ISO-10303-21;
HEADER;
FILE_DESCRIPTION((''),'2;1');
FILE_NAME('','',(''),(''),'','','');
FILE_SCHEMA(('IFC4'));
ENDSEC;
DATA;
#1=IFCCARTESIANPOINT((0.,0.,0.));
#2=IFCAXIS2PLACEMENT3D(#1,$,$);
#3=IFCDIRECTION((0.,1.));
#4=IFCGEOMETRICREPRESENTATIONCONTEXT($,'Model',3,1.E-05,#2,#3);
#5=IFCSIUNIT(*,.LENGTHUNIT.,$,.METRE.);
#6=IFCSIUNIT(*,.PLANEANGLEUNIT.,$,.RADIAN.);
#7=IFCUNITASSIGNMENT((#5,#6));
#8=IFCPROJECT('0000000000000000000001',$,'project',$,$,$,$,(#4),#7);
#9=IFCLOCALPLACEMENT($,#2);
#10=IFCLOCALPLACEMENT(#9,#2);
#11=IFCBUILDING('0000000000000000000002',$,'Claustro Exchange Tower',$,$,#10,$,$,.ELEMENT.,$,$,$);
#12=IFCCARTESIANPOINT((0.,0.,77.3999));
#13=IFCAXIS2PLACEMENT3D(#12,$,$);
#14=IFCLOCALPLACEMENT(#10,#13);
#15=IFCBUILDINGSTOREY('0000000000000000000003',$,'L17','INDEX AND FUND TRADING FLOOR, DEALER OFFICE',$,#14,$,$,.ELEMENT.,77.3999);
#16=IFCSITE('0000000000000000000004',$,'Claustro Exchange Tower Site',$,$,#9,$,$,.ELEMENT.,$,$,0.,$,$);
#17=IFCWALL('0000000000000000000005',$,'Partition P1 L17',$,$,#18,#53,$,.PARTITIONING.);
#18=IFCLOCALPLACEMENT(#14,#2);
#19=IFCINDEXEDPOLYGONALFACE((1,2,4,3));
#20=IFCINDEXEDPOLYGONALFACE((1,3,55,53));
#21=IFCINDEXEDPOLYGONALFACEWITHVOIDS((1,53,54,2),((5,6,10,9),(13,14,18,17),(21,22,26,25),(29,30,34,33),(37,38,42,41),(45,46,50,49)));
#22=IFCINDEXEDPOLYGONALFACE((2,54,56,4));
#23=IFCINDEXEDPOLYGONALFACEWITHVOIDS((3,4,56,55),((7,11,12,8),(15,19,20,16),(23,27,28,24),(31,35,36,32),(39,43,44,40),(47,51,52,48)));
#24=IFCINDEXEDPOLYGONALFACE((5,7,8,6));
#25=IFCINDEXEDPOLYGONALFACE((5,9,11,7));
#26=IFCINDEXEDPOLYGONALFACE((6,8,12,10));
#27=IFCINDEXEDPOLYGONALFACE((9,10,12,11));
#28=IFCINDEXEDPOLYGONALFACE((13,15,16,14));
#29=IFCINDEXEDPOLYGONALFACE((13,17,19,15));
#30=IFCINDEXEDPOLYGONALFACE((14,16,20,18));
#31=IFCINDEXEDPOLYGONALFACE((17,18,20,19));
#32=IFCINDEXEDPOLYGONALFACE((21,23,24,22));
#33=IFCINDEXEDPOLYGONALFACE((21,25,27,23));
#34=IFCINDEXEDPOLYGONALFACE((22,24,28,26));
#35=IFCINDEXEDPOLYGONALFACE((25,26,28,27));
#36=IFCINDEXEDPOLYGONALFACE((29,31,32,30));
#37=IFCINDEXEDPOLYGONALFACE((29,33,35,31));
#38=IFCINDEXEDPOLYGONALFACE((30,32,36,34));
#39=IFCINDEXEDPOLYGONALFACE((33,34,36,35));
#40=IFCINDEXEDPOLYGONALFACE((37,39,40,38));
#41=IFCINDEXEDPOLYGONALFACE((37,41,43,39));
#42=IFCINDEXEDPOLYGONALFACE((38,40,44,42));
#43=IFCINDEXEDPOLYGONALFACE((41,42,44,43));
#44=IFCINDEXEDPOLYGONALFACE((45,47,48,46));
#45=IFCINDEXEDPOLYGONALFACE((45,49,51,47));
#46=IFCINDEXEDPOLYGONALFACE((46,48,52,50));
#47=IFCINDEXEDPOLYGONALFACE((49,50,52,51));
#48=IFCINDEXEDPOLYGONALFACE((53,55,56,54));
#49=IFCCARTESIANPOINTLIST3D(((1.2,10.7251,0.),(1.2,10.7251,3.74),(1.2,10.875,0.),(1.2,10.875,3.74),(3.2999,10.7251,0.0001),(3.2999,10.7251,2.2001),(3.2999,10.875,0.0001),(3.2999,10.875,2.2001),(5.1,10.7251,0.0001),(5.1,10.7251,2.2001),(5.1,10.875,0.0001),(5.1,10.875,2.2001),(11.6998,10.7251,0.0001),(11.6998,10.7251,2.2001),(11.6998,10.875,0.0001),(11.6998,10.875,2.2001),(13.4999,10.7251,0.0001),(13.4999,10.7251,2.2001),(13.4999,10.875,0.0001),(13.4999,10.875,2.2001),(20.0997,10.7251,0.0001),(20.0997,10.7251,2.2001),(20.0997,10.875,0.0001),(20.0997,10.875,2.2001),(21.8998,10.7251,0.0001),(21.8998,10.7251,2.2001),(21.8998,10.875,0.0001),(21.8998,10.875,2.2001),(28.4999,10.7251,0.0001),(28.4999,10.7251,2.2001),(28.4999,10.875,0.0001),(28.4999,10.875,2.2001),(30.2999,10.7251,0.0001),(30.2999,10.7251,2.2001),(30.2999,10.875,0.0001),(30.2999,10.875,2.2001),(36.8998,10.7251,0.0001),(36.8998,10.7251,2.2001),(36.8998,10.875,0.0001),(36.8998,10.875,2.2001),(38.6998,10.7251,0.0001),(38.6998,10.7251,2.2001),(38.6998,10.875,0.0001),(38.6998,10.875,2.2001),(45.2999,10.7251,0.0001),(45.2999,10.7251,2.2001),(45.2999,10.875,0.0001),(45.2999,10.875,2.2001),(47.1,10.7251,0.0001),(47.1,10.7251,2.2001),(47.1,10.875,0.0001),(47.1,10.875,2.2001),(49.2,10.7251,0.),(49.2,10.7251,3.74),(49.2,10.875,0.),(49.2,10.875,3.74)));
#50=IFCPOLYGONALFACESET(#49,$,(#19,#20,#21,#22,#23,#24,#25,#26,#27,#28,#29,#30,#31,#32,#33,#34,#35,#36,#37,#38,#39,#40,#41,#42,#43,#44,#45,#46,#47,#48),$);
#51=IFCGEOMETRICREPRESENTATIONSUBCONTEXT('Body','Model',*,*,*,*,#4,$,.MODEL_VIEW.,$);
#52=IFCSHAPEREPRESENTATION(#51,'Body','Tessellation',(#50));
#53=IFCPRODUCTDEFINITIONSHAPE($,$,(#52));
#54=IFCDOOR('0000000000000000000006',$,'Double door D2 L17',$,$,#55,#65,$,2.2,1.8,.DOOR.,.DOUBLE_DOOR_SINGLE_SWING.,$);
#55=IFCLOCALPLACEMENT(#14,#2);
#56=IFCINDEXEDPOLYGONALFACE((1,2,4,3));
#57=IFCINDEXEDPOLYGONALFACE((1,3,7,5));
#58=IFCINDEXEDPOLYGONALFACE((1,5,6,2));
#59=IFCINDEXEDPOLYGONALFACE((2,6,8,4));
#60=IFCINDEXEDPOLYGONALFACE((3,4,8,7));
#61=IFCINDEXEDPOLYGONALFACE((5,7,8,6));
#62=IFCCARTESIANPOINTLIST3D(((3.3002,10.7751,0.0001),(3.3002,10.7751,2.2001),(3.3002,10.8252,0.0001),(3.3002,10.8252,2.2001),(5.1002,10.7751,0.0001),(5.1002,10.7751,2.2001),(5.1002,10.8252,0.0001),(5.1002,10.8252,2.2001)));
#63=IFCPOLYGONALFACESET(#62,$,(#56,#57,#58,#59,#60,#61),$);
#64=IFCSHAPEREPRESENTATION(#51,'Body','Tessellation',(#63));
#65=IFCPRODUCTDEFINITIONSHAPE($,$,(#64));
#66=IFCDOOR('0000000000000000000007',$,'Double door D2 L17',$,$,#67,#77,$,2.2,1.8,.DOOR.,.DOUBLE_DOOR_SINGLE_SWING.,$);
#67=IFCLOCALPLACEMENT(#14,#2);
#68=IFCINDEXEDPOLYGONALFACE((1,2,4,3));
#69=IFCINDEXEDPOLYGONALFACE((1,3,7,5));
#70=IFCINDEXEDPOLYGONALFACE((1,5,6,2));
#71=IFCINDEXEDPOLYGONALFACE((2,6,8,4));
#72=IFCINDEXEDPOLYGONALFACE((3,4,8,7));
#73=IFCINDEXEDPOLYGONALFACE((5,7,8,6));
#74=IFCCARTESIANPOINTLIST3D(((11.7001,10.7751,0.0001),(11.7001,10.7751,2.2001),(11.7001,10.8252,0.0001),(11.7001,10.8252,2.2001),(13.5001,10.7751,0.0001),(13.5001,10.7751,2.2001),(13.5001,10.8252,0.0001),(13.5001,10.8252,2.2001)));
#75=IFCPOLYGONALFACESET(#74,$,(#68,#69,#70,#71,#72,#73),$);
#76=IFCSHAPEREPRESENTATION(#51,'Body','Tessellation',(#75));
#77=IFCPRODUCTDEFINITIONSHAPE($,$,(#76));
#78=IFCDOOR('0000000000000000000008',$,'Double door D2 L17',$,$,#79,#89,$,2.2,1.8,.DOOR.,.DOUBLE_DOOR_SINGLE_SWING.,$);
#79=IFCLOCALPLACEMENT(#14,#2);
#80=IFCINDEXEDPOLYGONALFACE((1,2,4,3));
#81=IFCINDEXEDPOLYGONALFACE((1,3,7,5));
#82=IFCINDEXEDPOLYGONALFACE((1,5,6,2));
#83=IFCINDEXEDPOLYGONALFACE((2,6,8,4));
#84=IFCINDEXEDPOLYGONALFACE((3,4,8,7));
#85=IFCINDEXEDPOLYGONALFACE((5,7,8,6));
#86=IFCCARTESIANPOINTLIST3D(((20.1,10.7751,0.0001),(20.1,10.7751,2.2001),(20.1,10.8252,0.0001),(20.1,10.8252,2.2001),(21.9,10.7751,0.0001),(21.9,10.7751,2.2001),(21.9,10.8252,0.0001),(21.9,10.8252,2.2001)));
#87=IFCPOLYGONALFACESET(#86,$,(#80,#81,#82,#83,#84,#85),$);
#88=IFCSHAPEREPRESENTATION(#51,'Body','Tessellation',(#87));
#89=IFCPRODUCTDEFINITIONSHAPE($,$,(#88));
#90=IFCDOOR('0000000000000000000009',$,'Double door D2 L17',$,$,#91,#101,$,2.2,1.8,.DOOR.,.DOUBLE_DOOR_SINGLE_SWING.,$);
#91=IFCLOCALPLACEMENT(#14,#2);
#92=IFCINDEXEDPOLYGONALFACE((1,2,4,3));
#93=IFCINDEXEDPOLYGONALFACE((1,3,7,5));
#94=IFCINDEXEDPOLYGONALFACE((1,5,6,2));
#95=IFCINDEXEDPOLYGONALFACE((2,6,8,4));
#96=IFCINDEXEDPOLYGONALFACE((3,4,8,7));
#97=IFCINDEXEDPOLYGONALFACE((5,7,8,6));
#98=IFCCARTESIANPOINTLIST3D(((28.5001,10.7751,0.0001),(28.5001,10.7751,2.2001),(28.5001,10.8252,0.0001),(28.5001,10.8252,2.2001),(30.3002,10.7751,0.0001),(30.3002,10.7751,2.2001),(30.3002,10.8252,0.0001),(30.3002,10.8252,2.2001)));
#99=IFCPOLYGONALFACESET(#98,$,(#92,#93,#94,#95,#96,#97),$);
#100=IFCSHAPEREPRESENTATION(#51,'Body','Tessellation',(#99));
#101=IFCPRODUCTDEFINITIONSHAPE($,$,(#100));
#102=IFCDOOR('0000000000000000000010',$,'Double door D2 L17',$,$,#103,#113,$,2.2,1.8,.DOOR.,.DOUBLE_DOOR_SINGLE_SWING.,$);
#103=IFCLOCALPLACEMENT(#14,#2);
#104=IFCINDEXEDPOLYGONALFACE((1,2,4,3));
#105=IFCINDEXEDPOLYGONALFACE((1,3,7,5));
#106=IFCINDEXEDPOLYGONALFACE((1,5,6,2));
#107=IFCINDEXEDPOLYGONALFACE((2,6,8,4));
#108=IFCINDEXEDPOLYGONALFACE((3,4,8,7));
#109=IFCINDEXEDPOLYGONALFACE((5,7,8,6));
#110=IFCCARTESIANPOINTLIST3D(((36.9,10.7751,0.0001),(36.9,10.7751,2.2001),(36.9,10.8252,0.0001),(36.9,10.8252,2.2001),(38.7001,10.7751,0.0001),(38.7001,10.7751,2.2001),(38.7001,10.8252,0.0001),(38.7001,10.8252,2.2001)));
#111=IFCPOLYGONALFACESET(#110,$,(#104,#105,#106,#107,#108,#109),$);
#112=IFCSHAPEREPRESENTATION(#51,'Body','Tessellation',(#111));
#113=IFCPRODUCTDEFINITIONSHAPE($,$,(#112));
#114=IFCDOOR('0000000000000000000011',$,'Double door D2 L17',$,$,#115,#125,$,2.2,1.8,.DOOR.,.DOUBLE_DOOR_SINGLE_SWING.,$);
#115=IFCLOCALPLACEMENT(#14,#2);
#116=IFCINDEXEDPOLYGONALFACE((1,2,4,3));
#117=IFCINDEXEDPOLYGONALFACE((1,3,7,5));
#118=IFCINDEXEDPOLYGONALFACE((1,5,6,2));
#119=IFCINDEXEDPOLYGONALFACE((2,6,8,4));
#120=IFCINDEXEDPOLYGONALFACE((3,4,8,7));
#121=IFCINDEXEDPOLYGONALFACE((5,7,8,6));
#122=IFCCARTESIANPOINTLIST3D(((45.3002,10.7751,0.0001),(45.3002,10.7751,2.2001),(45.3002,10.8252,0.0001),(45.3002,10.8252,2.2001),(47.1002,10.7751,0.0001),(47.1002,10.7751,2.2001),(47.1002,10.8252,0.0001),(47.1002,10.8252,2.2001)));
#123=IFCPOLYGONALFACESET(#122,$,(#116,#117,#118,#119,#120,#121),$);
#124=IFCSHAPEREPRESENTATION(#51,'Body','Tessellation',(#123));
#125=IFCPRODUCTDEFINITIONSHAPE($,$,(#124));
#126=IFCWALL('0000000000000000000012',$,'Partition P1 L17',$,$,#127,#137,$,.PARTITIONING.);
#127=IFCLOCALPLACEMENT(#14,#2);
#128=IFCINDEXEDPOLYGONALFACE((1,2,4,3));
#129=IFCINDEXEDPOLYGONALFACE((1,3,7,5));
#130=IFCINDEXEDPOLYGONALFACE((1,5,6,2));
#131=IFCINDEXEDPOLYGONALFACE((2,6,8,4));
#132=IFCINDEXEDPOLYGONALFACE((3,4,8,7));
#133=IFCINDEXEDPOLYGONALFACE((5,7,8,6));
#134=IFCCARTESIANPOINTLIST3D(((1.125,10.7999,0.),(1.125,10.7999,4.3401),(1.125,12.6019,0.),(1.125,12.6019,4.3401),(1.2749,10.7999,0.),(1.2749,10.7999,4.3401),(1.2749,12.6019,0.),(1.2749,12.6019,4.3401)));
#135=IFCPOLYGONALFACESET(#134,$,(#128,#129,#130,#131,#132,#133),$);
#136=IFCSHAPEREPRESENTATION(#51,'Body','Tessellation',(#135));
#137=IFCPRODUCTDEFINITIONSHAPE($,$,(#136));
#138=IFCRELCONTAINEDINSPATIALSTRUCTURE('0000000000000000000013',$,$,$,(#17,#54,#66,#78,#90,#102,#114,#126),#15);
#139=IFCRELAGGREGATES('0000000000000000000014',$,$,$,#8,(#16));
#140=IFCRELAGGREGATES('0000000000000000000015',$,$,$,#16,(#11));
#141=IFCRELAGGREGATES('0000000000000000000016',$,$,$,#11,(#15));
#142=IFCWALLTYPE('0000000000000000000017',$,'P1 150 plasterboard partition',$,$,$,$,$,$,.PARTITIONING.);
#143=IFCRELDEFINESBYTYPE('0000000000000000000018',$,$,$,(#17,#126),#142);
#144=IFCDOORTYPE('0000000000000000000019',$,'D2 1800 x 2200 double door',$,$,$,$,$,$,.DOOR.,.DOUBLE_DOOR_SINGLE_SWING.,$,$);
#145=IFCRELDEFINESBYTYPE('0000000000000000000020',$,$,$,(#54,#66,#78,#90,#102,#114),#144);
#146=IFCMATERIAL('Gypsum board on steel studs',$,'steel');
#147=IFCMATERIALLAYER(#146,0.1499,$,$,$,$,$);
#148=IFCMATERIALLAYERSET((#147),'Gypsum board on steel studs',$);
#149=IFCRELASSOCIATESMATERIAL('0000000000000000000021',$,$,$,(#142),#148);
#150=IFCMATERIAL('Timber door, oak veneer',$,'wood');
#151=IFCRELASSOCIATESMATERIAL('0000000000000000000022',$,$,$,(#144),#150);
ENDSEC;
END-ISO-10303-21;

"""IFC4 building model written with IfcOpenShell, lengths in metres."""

from ifc_helpers import new_model, si_unit, direction, frame, frame_2d, origin, place, context, subcontext, project, spatial, rectangle, extrude, material, layer, layer_set, type_object, element, fill, save


model = new_model("IFC4")

# Units and contexts
model_context = context("Model", 3, precision=1e-05, world=origin(), true_north=direction((0.0, 1.0)))
body_context = subcontext(model_context, "Body", "Model", "MODEL_VIEW")
ifc_project = project(units=[si_unit("LENGTHUNIT", "METRE"), si_unit("PLANEANGLEUNIT", "RADIAN")], contexts=[model_context])

# Site, building, storey
site_placement = place(None, origin())
site = spatial("IfcSite", under=ifc_project, at=site_placement, Name="Claustro Exchange Tower Site", CompositionType="ELEMENT", RefElevation=0.0)
building_placement = place(site_placement, origin())
building = spatial("IfcBuilding", under=site, at=building_placement, Name="Claustro Exchange Tower", CompositionType="ELEMENT")
storey_placement = place(building_placement, frame((0.0, 0.0, 77.3999)))
storey = spatial("IfcBuildingStorey", under=building, at=storey_placement, Name="L17", Description="INDEX AND FUND TRADING FLOOR, DEALER OFFICE", CompositionType="ELEMENT", Elevation=77.3999)

# Shared definitions
ifc_material_1 = material(Name="Gypsum board on steel studs", Category="steel")
ifc_layer_1 = layer(ifc_material_1, 0.1499)
ifc_layer_set_1 = layer_set([ifc_layer_1], Name="Gypsum board on steel studs")
wall_type_1 = type_object("IfcWallType", Name="P1 150 plasterboard partition", PredefinedType="PARTITIONING", material=ifc_layer_set_1)
ifc_material_2 = material(Name="Timber door, oak veneer", Category="wood")
door_type_1 = type_object("IfcDoorType", Name="D2 1800 x 2200 double door", OperationType="DOUBLE_DOOR_SINGLE_SWING", PredefinedType="DOOR", material=ifc_material_2)

# Wall, openings, doors
wall_1_placement = place(storey_placement, frame((1.2, 10.8, 0.0), z_axis=(0.0, 0.0, 1.0), x_axis=(1.0, 0.0, 0.0)))
wall_1 = element("IfcWall", 1, at=wall_1_placement, inside=storey, type_object=wall_type_1, Name="Partition P1 L17", PredefinedType="PARTITIONING", context=body_context, shape_type="SweptSolid", body=[
    extrude(rectangle(XDim=48.0, YDim=0.1499, at=frame_2d((24.0, 0.0))), origin(), (0.0, 0.0, 1.0), 3.74),
])
opening_1_placement = place(wall_1_placement, frame((2.1001, 0.0, 0.0)))
opening_1 = element("IfcOpeningElement", 2, at=opening_1_placement, cuts=wall_1, PredefinedType="OPENING", context=body_context, shape_type="SweptSolid", body=[
    extrude(rectangle(XDim=1.8, YDim=2.2, at=frame_2d((0.8999, 1.1001))), frame((0.0, 0.085, 0.0), z_axis=(0.0, -1.0, 0.0), x_axis=(1.0, 0.0, 0.0)), (0.0, 0.0, 1.0), 0.1699),
])
opening_2_placement = place(wall_1_placement, frame((10.5, 0.0, 0.0)))
opening_2 = element("IfcOpeningElement", 3, at=opening_2_placement, cuts=wall_1, PredefinedType="OPENING", context=body_context, shape_type="SweptSolid", body=[
    extrude(rectangle(XDim=1.8, YDim=2.2, at=frame_2d((0.8999, 1.1001))), frame((0.0, 0.085, 0.0), z_axis=(0.0, -1.0, 0.0), x_axis=(1.0, 0.0, 0.0)), (0.0, 0.0, 1.0), 0.1699),
])
opening_3_placement = place(wall_1_placement, frame((18.8999, 0.0, 0.0)))
opening_3 = element("IfcOpeningElement", 4, at=opening_3_placement, cuts=wall_1, PredefinedType="OPENING", context=body_context, shape_type="SweptSolid", body=[
    extrude(rectangle(XDim=1.8, YDim=2.2, at=frame_2d((0.8999, 1.1001))), frame((0.0, 0.085, 0.0), z_axis=(0.0, -1.0, 0.0), x_axis=(1.0, 0.0, 0.0)), (0.0, 0.0, 1.0), 0.1699),
])
opening_4_placement = place(wall_1_placement, frame((27.3, 0.0, 0.0)))
opening_4 = element("IfcOpeningElement", 5, at=opening_4_placement, cuts=wall_1, PredefinedType="OPENING", context=body_context, shape_type="SweptSolid", body=[
    extrude(rectangle(XDim=1.8, YDim=2.2, at=frame_2d((0.8999, 1.1001))), frame((0.0, 0.085, 0.0), z_axis=(0.0, -1.0, 0.0), x_axis=(1.0, 0.0, 0.0)), (0.0, 0.0, 1.0), 0.1699),
])
opening_5_placement = place(wall_1_placement, frame((35.7, 0.0, 0.0)))
opening_5 = element("IfcOpeningElement", 6, at=opening_5_placement, cuts=wall_1, PredefinedType="OPENING", context=body_context, shape_type="SweptSolid", body=[
    extrude(rectangle(XDim=1.8, YDim=2.2, at=frame_2d((0.8999, 1.1001))), frame((0.0, 0.085, 0.0), z_axis=(0.0, -1.0, 0.0), x_axis=(1.0, 0.0, 0.0)), (0.0, 0.0, 1.0), 0.1699),
])
opening_6_placement = place(wall_1_placement, frame((44.1001, 0.0, 0.0)))
opening_6 = element("IfcOpeningElement", 7, at=opening_6_placement, cuts=wall_1, PredefinedType="OPENING", context=body_context, shape_type="SweptSolid", body=[
    extrude(rectangle(XDim=1.8, YDim=2.2, at=frame_2d((0.8999, 1.1001))), frame((0.0, 0.085, 0.0), z_axis=(0.0, -1.0, 0.0), x_axis=(1.0, 0.0, 0.0)), (0.0, 0.0, 1.0), 0.1699),
])
door_1_placement = place(opening_1_placement, frame((1.8, 0.0, 0.0), z_axis=(0.0, 0.0, 1.0), x_axis=(-1.0, 0.0, 0.0)))
door_1 = element("IfcDoor", 8, at=door_1_placement, inside=storey, type_object=door_type_1, Name="Double door D2 L17", OperationType="DOUBLE_DOOR_SINGLE_SWING", OverallHeight=2.2, OverallWidth=1.8, PredefinedType="DOOR", context=body_context, shape_type="SweptSolid", body=[
    extrude(rectangle(XDim=1.8, YDim=2.2, at=frame_2d((0.8999, 1.1001))), frame((0.0, 0.0249, 0.0), z_axis=(0.0, -1.0, 0.0), x_axis=(1.0, 0.0, 0.0)), (0.0, 0.0, 1.0), 0.05),
])
fill(opening_1, door_1)
door_2_placement = place(opening_2_placement, frame((1.8, 0.0, 0.0), z_axis=(0.0, 0.0, 1.0), x_axis=(-1.0, 0.0, 0.0)))
door_2 = element("IfcDoor", 9, at=door_2_placement, inside=storey, type_object=door_type_1, Name="Double door D2 L17", OperationType="DOUBLE_DOOR_SINGLE_SWING", OverallHeight=2.2, OverallWidth=1.8, PredefinedType="DOOR", context=body_context, shape_type="SweptSolid", body=[
    extrude(rectangle(XDim=1.8, YDim=2.2, at=frame_2d((0.8999, 1.1001))), frame((0.0, 0.0249, 0.0), z_axis=(0.0, -1.0, 0.0), x_axis=(1.0, 0.0, 0.0)), (0.0, 0.0, 1.0), 0.05),
])
fill(opening_2, door_2)
door_3_placement = place(opening_3_placement, frame((1.8, 0.0, 0.0), z_axis=(0.0, 0.0, 1.0), x_axis=(-1.0, 0.0, 0.0)))
door_3 = element("IfcDoor", 10, at=door_3_placement, inside=storey, type_object=door_type_1, Name="Double door D2 L17", OperationType="DOUBLE_DOOR_SINGLE_SWING", OverallHeight=2.2, OverallWidth=1.8, PredefinedType="DOOR", context=body_context, shape_type="SweptSolid", body=[
    extrude(rectangle(XDim=1.8, YDim=2.2, at=frame_2d((0.8999, 1.1001))), frame((0.0, 0.0249, 0.0), z_axis=(0.0, -1.0, 0.0), x_axis=(1.0, 0.0, 0.0)), (0.0, 0.0, 1.0), 0.05),
])
fill(opening_3, door_3)
door_4_placement = place(opening_4_placement, frame((1.8, 0.0, 0.0), z_axis=(0.0, 0.0, 1.0), x_axis=(-1.0, 0.0, 0.0)))
door_4 = element("IfcDoor", 11, at=door_4_placement, inside=storey, type_object=door_type_1, Name="Double door D2 L17", OperationType="DOUBLE_DOOR_SINGLE_SWING", OverallHeight=2.2, OverallWidth=1.8, PredefinedType="DOOR", context=body_context, shape_type="SweptSolid", body=[
    extrude(rectangle(XDim=1.8, YDim=2.2, at=frame_2d((0.8999, 1.1001))), frame((0.0, 0.0249, 0.0), z_axis=(0.0, -1.0, 0.0), x_axis=(1.0, 0.0, 0.0)), (0.0, 0.0, 1.0), 0.05),
])
fill(opening_4, door_4)
door_5_placement = place(opening_5_placement, frame((1.8, 0.0, 0.0), z_axis=(0.0, 0.0, 1.0), x_axis=(-1.0, 0.0, 0.0)))
door_5 = element("IfcDoor", 12, at=door_5_placement, inside=storey, type_object=door_type_1, Name="Double door D2 L17", OperationType="DOUBLE_DOOR_SINGLE_SWING", OverallHeight=2.2, OverallWidth=1.8, PredefinedType="DOOR", context=body_context, shape_type="SweptSolid", body=[
    extrude(rectangle(XDim=1.8, YDim=2.2, at=frame_2d((0.8999, 1.1001))), frame((0.0, 0.0249, 0.0), z_axis=(0.0, -1.0, 0.0), x_axis=(1.0, 0.0, 0.0)), (0.0, 0.0, 1.0), 0.05),
])
fill(opening_5, door_5)
door_6_placement = place(opening_6_placement, frame((1.8, 0.0, 0.0), z_axis=(0.0, 0.0, 1.0), x_axis=(-1.0, 0.0, 0.0)))
door_6 = element("IfcDoor", 13, at=door_6_placement, inside=storey, type_object=door_type_1, Name="Double door D2 L17", OperationType="DOUBLE_DOOR_SINGLE_SWING", OverallHeight=2.2, OverallWidth=1.8, PredefinedType="DOOR", context=body_context, shape_type="SweptSolid", body=[
    extrude(rectangle(XDim=1.8, YDim=2.2, at=frame_2d((0.8999, 1.1001))), frame((0.0, 0.0249, 0.0), z_axis=(0.0, -1.0, 0.0), x_axis=(1.0, 0.0, 0.0)), (0.0, 0.0, 1.0), 0.05),
])
fill(opening_6, door_6)

# Wall
wall_2_placement = place(storey_placement, frame((1.2, 10.8, 0.0), z_axis=(0.0, 0.0, 1.0), x_axis=(0.0, 1.0, 0.0)))
element("IfcWall", 14, at=wall_2_placement, inside=storey, type_object=wall_type_1, Name="Partition P1 L17", PredefinedType="PARTITIONING", context=body_context, shape_type="SweptSolid", body=[
    extrude(rectangle(XDim=1.802, YDim=0.1499, at=frame_2d((0.9009, 0.0))), origin(), (0.0, 0.0, 1.0), 4.3401),
])

save(model, "model.ifc")
